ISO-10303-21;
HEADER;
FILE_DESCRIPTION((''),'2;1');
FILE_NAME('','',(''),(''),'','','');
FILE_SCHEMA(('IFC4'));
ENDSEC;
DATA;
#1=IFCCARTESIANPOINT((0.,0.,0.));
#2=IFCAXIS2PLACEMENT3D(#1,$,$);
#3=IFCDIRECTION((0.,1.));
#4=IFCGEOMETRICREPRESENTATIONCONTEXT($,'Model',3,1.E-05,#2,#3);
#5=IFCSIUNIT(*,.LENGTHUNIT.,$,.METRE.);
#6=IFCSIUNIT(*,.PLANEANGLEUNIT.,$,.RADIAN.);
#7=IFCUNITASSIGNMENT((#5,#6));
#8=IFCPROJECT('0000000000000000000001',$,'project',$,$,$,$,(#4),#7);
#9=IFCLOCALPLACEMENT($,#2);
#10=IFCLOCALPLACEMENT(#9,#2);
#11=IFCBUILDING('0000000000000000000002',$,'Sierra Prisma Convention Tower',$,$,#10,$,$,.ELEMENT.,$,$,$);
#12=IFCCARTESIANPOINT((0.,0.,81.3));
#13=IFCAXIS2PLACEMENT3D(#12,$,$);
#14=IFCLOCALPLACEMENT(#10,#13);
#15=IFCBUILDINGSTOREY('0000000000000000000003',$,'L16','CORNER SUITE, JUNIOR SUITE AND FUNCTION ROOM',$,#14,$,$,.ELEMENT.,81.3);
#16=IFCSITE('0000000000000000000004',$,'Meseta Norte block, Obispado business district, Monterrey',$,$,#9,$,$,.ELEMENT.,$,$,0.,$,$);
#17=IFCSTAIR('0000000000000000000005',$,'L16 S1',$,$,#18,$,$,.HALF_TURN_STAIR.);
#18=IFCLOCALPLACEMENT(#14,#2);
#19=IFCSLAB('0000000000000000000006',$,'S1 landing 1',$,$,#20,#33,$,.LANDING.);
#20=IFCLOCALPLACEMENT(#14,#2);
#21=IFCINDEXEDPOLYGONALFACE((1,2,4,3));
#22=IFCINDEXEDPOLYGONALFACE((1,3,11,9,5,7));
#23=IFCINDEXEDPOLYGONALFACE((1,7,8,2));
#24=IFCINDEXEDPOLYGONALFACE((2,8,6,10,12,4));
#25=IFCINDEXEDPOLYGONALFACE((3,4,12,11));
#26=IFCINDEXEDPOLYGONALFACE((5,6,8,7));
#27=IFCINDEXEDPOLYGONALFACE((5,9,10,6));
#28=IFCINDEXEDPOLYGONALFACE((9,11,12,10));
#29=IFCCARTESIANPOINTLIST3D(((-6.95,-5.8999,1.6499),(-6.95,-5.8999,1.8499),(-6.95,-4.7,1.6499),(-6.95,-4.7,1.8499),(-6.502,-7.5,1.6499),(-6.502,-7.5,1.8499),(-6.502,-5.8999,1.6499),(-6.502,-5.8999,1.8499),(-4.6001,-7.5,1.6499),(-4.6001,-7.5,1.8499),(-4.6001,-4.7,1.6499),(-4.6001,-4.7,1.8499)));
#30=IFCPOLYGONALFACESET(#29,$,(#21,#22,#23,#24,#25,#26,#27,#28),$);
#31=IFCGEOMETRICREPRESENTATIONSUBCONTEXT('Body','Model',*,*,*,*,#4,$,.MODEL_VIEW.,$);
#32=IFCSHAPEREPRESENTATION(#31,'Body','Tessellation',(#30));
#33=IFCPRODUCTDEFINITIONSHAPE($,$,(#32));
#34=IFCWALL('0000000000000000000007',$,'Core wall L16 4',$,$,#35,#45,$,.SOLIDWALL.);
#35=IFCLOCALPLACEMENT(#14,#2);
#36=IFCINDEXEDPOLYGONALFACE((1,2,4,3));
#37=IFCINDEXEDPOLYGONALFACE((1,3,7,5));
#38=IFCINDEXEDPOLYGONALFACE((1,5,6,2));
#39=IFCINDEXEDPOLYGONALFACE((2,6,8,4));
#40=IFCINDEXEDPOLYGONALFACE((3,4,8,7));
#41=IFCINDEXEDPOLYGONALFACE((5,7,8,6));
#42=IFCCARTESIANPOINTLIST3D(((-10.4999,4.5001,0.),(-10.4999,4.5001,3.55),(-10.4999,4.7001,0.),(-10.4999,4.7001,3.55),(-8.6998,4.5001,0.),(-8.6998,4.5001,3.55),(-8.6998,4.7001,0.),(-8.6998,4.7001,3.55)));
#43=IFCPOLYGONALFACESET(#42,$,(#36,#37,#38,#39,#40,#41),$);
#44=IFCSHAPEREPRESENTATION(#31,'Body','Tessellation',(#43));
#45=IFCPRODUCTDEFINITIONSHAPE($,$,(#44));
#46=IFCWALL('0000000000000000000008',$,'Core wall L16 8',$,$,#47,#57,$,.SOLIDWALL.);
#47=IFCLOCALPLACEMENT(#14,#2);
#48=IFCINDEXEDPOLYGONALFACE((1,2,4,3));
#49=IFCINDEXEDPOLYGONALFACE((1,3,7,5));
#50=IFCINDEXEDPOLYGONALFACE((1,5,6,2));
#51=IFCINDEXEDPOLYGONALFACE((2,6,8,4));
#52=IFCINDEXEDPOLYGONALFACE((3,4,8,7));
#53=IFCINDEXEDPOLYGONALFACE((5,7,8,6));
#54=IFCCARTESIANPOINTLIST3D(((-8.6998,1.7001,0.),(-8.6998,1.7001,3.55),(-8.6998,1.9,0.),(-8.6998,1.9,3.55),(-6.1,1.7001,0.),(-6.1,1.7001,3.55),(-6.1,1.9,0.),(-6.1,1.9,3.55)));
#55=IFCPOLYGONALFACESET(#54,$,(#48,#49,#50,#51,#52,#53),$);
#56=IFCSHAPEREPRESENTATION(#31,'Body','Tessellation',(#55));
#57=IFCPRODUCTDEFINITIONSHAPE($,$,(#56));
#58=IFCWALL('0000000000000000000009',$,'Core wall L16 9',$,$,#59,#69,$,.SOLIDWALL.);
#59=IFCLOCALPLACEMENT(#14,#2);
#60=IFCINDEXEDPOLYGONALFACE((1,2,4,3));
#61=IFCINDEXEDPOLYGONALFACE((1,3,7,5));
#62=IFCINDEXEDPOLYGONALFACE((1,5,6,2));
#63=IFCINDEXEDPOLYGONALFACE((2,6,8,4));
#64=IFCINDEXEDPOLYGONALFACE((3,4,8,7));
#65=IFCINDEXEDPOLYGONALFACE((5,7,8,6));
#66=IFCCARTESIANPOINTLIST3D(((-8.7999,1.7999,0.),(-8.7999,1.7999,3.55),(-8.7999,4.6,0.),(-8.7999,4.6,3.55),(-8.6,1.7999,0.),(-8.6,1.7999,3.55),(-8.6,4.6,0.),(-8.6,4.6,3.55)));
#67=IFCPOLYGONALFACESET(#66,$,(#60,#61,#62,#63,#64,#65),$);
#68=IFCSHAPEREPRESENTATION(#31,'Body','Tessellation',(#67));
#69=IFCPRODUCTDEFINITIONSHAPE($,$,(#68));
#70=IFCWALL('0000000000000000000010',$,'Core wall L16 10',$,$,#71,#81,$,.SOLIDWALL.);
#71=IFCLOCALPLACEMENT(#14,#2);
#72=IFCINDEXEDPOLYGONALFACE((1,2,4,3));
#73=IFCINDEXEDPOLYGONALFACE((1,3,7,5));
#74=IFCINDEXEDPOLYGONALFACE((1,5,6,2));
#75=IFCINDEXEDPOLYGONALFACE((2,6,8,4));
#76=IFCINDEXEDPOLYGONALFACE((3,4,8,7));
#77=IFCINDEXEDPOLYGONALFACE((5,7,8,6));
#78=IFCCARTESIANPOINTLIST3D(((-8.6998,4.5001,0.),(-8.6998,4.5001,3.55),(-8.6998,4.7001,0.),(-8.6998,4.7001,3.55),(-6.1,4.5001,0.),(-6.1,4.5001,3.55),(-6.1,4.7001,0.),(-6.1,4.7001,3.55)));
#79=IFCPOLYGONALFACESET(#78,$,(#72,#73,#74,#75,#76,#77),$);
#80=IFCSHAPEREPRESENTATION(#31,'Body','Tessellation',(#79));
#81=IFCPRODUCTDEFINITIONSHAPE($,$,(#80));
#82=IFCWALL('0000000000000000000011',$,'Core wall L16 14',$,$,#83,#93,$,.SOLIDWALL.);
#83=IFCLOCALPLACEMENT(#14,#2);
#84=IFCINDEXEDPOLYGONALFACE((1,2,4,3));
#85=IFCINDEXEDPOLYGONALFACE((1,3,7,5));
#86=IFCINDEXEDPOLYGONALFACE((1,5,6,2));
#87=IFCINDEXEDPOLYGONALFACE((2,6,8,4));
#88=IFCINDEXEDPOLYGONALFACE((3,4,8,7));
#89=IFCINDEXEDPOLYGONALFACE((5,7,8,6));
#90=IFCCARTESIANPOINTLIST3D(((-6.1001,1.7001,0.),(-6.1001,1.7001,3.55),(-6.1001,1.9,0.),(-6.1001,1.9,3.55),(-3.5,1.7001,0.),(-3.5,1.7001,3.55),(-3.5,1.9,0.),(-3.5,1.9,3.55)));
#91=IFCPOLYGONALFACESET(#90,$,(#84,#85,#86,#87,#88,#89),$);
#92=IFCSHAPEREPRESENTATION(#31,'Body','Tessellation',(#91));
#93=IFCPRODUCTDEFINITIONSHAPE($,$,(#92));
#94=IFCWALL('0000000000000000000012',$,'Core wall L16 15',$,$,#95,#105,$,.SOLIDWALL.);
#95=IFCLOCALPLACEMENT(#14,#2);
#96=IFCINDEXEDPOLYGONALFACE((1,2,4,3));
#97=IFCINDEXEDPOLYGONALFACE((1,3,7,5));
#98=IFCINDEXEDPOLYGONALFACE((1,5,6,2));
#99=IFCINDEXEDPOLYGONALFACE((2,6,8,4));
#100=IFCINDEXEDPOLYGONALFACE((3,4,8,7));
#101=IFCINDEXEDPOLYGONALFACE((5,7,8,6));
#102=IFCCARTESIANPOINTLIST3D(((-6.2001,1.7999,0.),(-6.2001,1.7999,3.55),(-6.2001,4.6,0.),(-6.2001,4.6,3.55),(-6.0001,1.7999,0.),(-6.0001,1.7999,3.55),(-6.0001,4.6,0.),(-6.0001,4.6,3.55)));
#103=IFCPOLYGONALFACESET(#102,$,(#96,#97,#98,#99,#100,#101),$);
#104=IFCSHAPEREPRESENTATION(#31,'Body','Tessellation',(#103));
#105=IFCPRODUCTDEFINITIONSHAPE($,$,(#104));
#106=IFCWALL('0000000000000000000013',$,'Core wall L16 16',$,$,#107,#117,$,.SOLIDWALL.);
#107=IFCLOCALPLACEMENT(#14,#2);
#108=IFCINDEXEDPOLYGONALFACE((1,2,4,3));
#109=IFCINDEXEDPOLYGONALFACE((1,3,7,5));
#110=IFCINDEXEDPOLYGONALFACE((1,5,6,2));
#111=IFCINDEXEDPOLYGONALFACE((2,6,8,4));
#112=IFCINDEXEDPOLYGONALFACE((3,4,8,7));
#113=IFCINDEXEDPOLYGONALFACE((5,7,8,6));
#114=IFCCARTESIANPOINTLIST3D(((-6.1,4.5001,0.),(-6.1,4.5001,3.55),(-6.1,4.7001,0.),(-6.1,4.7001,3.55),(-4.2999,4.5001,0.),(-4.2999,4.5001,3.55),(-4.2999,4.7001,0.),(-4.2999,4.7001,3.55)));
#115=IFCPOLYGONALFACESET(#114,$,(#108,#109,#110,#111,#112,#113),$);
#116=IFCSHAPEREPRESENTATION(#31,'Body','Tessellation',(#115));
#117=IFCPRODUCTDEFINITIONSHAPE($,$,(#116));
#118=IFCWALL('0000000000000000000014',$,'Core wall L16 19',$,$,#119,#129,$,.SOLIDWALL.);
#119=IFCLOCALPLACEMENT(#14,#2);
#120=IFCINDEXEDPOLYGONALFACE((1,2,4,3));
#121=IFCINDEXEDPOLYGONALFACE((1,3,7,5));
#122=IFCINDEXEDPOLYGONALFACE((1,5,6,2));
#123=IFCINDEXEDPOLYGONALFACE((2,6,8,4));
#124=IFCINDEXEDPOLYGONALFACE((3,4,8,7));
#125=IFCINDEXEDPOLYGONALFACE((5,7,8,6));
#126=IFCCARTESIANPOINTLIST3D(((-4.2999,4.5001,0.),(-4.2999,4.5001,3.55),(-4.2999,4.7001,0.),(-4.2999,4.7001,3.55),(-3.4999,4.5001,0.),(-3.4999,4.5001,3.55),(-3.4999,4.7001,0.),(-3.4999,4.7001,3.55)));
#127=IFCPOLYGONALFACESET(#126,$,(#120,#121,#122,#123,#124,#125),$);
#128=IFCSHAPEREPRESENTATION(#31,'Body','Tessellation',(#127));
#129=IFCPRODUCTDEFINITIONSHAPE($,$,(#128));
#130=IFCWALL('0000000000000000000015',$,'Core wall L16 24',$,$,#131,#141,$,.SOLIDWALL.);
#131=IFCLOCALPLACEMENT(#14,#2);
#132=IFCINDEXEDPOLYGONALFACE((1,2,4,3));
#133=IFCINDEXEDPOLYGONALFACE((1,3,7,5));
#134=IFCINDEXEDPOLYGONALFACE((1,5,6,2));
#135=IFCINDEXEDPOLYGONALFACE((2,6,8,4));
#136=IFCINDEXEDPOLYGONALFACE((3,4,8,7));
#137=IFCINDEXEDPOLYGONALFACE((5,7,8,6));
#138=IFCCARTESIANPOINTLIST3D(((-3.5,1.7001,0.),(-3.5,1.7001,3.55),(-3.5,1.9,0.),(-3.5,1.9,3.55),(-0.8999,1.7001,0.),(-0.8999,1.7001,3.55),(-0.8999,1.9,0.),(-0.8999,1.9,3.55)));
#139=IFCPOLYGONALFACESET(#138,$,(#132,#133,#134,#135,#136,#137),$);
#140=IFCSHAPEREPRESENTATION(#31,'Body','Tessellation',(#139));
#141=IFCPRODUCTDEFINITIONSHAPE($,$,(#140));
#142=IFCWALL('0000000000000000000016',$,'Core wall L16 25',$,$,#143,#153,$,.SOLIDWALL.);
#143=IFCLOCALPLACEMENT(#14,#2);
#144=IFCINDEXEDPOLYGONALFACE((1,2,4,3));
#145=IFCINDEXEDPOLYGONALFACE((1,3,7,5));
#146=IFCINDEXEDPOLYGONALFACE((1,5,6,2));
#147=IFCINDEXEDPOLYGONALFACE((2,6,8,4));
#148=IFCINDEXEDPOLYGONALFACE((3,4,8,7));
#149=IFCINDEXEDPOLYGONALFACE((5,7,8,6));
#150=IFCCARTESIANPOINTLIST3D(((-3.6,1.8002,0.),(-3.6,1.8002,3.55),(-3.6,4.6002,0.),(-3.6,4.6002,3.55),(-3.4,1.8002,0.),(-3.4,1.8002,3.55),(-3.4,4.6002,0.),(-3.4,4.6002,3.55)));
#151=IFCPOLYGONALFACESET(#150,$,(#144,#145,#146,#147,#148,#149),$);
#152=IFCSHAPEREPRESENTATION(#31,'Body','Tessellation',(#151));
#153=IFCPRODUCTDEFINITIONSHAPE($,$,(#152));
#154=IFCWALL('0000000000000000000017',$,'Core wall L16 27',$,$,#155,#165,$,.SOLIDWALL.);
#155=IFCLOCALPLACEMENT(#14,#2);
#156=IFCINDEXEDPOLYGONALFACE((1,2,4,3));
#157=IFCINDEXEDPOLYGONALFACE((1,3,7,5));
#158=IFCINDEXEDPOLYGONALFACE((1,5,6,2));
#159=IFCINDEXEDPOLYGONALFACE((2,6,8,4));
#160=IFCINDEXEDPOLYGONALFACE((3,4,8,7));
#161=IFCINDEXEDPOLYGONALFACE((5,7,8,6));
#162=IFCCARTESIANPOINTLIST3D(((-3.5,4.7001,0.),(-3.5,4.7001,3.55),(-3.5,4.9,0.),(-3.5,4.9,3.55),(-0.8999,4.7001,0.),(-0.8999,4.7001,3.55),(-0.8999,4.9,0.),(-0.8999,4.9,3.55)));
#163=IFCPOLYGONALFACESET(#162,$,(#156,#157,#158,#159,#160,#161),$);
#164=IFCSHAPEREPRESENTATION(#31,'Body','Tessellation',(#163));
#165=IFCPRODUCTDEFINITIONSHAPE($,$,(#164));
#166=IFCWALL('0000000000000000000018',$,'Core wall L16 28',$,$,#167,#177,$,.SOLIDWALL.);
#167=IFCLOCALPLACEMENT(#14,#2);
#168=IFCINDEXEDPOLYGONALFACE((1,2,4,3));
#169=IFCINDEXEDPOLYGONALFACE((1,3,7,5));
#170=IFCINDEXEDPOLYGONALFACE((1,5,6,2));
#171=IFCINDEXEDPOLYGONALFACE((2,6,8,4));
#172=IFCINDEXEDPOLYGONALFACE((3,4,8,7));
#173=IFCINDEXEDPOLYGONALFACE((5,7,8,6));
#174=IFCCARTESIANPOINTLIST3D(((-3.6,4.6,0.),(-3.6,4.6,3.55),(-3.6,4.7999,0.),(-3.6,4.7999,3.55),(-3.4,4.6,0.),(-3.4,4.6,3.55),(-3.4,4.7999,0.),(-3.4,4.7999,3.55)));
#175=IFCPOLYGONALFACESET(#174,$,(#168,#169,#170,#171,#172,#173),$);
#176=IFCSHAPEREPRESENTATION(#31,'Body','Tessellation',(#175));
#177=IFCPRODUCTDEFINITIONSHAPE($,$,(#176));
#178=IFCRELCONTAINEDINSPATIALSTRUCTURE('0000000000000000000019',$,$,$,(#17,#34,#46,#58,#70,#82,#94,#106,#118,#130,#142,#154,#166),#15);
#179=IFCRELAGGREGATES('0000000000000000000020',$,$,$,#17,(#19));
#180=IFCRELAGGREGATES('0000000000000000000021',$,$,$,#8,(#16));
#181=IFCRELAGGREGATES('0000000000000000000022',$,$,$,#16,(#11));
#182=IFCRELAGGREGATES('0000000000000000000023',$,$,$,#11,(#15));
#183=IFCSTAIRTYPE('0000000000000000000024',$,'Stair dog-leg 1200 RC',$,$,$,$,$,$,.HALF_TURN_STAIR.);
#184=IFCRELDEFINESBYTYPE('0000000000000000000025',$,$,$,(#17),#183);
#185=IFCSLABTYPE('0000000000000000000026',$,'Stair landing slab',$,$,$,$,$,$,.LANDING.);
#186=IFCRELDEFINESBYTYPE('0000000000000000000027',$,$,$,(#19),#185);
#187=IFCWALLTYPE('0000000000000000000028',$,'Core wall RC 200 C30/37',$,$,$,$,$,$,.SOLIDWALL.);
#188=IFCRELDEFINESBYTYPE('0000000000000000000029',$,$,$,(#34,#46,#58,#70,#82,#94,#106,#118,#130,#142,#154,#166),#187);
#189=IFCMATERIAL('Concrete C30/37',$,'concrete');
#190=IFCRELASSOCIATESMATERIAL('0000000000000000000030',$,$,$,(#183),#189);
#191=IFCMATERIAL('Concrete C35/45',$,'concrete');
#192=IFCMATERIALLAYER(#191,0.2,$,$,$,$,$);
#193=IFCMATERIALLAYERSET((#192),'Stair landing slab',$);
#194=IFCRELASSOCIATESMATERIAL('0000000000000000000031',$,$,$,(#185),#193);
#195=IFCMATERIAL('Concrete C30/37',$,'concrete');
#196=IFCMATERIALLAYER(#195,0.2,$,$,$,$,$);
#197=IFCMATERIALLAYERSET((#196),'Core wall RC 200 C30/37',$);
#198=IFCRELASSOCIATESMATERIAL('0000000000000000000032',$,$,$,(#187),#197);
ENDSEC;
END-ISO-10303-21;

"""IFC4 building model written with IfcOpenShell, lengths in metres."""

from ifc_helpers import new_model, si_unit, direction, frame, frame_2d, origin, place, context, subcontext, project, spatial, polyline, rectangle, outline, extrude, material, layer, layer_set, type_object, element, aggregate, save


model = new_model("IFC4")

# Units and contexts
model_context = context("Model", 3, precision=1e-05, world=origin(), true_north=direction((0.0, 1.0)))
body_context = subcontext(model_context, "Body", "Model", "MODEL_VIEW")
ifc_project = project(units=[si_unit("LENGTHUNIT", "METRE"), si_unit("PLANEANGLEUNIT", "RADIAN")], contexts=[model_context])

# Site, building, storey
site_placement = place(None, origin())
site = spatial("IfcSite", under=ifc_project, at=site_placement, Name="Meseta Norte block, Obispado business district, Monterrey", CompositionType="ELEMENT", RefElevation=0.0)
building_placement = place(site_placement, origin())
building = spatial("IfcBuilding", under=site, at=building_placement, Name="Sierra Prisma Convention Tower", CompositionType="ELEMENT")
storey_placement = place(building_placement, frame((0.0, 0.0, 81.3)))
storey = spatial("IfcBuildingStorey", under=building, at=storey_placement, Name="L16", Description="CORNER SUITE, JUNIOR SUITE AND FUNCTION ROOM", CompositionType="ELEMENT", Elevation=81.3)

# Stair, slab
ifc_material_1 = material(Name="Concrete C30/37", Category="concrete")
stair_type = type_object("IfcStairType", Name="Stair dog-leg 1200 RC", PredefinedType="HALF_TURN_STAIR", material=ifc_material_1)
stair_1_placement = place(storey_placement, origin())
stair_1 = element("IfcStair", 1, at=stair_1_placement, inside=storey, type_object=stair_type, Name="L16 S1", PredefinedType="HALF_TURN_STAIR")
ifc_material_2 = material(Name="Concrete C35/45", Category="concrete")
ifc_layer_1 = layer(ifc_material_2, 0.2)
ifc_layer_set_1 = layer_set([ifc_layer_1], Name="Stair landing slab")
slab_type_1 = type_object("IfcSlabType", Name="Stair landing slab", PredefinedType="LANDING", material=ifc_layer_set_1)
slab_1_placement = place(storey_placement, frame((0.0, 0.0, 1.6499)))
slab_1 = element("IfcSlab", 2, at=slab_1_placement, type_object=slab_type_1, Name="S1 landing 1", PredefinedType="LANDING", context=body_context, shape_type="SweptSolid", body=[
    extrude(outline(polyline([(-4.6001, -4.7), (-4.6001, -7.5), (-6.502, -7.5), (-6.502, -5.8999), (-6.95, -5.8999), (-6.95, -4.7), (-4.6001, -4.7)])), origin(), (0.0, 0.0, 1.0), 0.2),
])
aggregate(stair_1, [slab_1])

# Walls
ifc_material_3 = material(Name="Concrete C30/37", Category="concrete")
ifc_layer_2 = layer(ifc_material_3, 0.2)
ifc_layer_set_2 = layer_set([ifc_layer_2], Name="Core wall RC 200 C30/37")
wall_type = type_object("IfcWallType", Name="Core wall RC 200 C30/37", PredefinedType="SOLIDWALL", material=ifc_layer_set_2)
wall_1_placement = place(storey_placement, frame((-8.7, 4.6001, 0.0), z_axis=(0.0, 0.0, 1.0), x_axis=(-1.0, 0.0, 0.0)))
element("IfcWall", 3, at=wall_1_placement, inside=storey, type_object=wall_type, Name="Core wall L16 4", PredefinedType="SOLIDWALL", context=body_context, shape_type="SweptSolid", body=[
    extrude(rectangle(XDim=1.8, YDim=0.2, at=frame_2d((0.8999, 0.0))), origin(), (0.0, 0.0, 1.0), 3.55),
])
wall_2_placement = place(storey_placement, frame((-6.1001, 1.8, 0.0), z_axis=(0.0, 0.0, 1.0), x_axis=(-1.0, 0.0, 0.0)))
element("IfcWall", 4, at=wall_2_placement, inside=storey, type_object=wall_type, Name="Core wall L16 8", PredefinedType="SOLIDWALL", context=body_context, shape_type="SweptSolid", body=[
    extrude(rectangle(XDim=2.5999, YDim=0.2, at=frame_2d((1.2998, 0.0))), origin(), (0.0, 0.0, 1.0), 3.55),
])
wall_3_placement = place(storey_placement, frame((-8.7, 1.8, 0.0), z_axis=(0.0, 0.0, 1.0), x_axis=(0.0, 1.0, 0.0)))
element("IfcWall", 5, at=wall_3_placement, inside=storey, type_object=wall_type, Name="Core wall L16 9", PredefinedType="SOLIDWALL", context=body_context, shape_type="SweptSolid", body=[
    extrude(rectangle(XDim=2.8, YDim=0.2, at=frame_2d((1.3999, 0.0))), origin(), (0.0, 0.0, 1.0), 3.55),
])
wall_4_placement = place(storey_placement, frame((-6.1001, 4.6001, 0.0), z_axis=(0.0, 0.0, 1.0), x_axis=(-1.0, 0.0, 0.0)))
element("IfcWall", 6, at=wall_4_placement, inside=storey, type_object=wall_type, Name="Core wall L16 10", PredefinedType="SOLIDWALL", context=body_context, shape_type="SweptSolid", body=[
    extrude(rectangle(XDim=2.5999, YDim=0.2, at=frame_2d((1.2998, 0.0))), origin(), (0.0, 0.0, 1.0), 3.55),
])

# Walls
wall_5_placement = place(storey_placement, frame((-3.5, 1.8, 0.0), z_axis=(0.0, 0.0, 1.0), x_axis=(-1.0, 0.0, 0.0)))
element("IfcWall", 7, at=wall_5_placement, inside=storey, type_object=wall_type, Name="Core wall L16 14", PredefinedType="SOLIDWALL", context=body_context, shape_type="SweptSolid", body=[
    extrude(rectangle(XDim=2.6001, YDim=0.2, at=frame_2d((1.3, 0.0))), origin(), (0.0, 0.0, 1.0), 3.55),
])
wall_6_placement = place(storey_placement, frame((-6.1001, 1.8, 0.0), z_axis=(0.0, 0.0, 1.0), x_axis=(0.0, 1.0, 0.0)))
element("IfcWall", 8, at=wall_6_placement, inside=storey, type_object=wall_type, Name="Core wall L16 15", PredefinedType="SOLIDWALL", context=body_context, shape_type="SweptSolid", body=[
    extrude(rectangle(XDim=2.8, YDim=0.2, at=frame_2d((1.3999, 0.0))), origin(), (0.0, 0.0, 1.0), 3.55),
])
wall_7_placement = place(storey_placement, frame((-4.3, 4.6001, 0.0), z_axis=(0.0, 0.0, 1.0), x_axis=(-1.0, 0.0, 0.0)))
element("IfcWall", 9, at=wall_7_placement, inside=storey, type_object=wall_type, Name="Core wall L16 16", PredefinedType="SOLIDWALL", context=body_context, shape_type="SweptSolid", body=[
    extrude(rectangle(XDim=1.8, YDim=0.2, at=frame_2d((0.8999, 0.0))), origin(), (0.0, 0.0, 1.0), 3.55),
])
wall_8_placement = place(storey_placement, frame((-3.5, 4.6001, 0.0), z_axis=(0.0, 0.0, 1.0), x_axis=(-1.0, 0.0, 0.0)))
element("IfcWall", 10, at=wall_8_placement, inside=storey, type_object=wall_type, Name="Core wall L16 19", PredefinedType="SOLIDWALL", context=body_context, shape_type="SweptSolid", body=[
    extrude(rectangle(XDim=0.8, YDim=0.2, at=frame_2d((0.3999, 0.0))), origin(), (0.0, 0.0, 1.0), 3.55),
])

# Walls
wall_9_placement = place(storey_placement, frame((-0.8999, 1.8, 0.0), z_axis=(0.0, 0.0, 1.0), x_axis=(-1.0, 0.0, 0.0)))
element("IfcWall", 11, at=wall_9_placement, inside=storey, type_object=wall_type, Name="Core wall L16 24", PredefinedType="SOLIDWALL", context=body_context, shape_type="SweptSolid", body=[
    extrude(rectangle(XDim=2.6001, YDim=0.2, at=frame_2d((1.3, 0.0))), origin(), (0.0, 0.0, 1.0), 3.55),
])
wall_10_placement = place(storey_placement, frame((-3.5, 4.6001, 0.0), z_axis=(0.0, 0.0, 1.0), x_axis=(0.0, -1.0, 0.0)))
element("IfcWall", 12, at=wall_10_placement, inside=storey, type_object=wall_type, Name="Core wall L16 25", PredefinedType="SOLIDWALL", context=body_context, shape_type="SweptSolid", body=[
    extrude(rectangle(XDim=2.8, YDim=0.2, at=frame_2d((1.3999, 0.0))), origin(), (0.0, 0.0, 1.0), 3.55),
])

# Walls
wall_11_placement = place(storey_placement, frame((-0.8999, 4.8, 0.0), z_axis=(0.0, 0.0, 1.0), x_axis=(-1.0, 0.0, 0.0)))
element("IfcWall", 13, at=wall_11_placement, inside=storey, type_object=wall_type, Name="Core wall L16 27", PredefinedType="SOLIDWALL", context=body_context, shape_type="SweptSolid", body=[
    extrude(rectangle(XDim=2.6001, YDim=0.2, at=frame_2d((1.3, 0.0))), origin(), (0.0, 0.0, 1.0), 3.55),
])
wall_12_placement = place(storey_placement, frame((-3.5, 4.8, 0.0), z_axis=(0.0, 0.0, 1.0), x_axis=(0.0, -1.0, 0.0)))
element("IfcWall", 14, at=wall_12_placement, inside=storey, type_object=wall_type, Name="Core wall L16 28", PredefinedType="SOLIDWALL", context=body_context, shape_type="SweptSolid", body=[
    extrude(rectangle(XDim=0.2, YDim=0.2, at=frame_2d((0.1001, 0.0))), origin(), (0.0, 0.0, 1.0), 3.55),
])

save(model, "model.ifc")
